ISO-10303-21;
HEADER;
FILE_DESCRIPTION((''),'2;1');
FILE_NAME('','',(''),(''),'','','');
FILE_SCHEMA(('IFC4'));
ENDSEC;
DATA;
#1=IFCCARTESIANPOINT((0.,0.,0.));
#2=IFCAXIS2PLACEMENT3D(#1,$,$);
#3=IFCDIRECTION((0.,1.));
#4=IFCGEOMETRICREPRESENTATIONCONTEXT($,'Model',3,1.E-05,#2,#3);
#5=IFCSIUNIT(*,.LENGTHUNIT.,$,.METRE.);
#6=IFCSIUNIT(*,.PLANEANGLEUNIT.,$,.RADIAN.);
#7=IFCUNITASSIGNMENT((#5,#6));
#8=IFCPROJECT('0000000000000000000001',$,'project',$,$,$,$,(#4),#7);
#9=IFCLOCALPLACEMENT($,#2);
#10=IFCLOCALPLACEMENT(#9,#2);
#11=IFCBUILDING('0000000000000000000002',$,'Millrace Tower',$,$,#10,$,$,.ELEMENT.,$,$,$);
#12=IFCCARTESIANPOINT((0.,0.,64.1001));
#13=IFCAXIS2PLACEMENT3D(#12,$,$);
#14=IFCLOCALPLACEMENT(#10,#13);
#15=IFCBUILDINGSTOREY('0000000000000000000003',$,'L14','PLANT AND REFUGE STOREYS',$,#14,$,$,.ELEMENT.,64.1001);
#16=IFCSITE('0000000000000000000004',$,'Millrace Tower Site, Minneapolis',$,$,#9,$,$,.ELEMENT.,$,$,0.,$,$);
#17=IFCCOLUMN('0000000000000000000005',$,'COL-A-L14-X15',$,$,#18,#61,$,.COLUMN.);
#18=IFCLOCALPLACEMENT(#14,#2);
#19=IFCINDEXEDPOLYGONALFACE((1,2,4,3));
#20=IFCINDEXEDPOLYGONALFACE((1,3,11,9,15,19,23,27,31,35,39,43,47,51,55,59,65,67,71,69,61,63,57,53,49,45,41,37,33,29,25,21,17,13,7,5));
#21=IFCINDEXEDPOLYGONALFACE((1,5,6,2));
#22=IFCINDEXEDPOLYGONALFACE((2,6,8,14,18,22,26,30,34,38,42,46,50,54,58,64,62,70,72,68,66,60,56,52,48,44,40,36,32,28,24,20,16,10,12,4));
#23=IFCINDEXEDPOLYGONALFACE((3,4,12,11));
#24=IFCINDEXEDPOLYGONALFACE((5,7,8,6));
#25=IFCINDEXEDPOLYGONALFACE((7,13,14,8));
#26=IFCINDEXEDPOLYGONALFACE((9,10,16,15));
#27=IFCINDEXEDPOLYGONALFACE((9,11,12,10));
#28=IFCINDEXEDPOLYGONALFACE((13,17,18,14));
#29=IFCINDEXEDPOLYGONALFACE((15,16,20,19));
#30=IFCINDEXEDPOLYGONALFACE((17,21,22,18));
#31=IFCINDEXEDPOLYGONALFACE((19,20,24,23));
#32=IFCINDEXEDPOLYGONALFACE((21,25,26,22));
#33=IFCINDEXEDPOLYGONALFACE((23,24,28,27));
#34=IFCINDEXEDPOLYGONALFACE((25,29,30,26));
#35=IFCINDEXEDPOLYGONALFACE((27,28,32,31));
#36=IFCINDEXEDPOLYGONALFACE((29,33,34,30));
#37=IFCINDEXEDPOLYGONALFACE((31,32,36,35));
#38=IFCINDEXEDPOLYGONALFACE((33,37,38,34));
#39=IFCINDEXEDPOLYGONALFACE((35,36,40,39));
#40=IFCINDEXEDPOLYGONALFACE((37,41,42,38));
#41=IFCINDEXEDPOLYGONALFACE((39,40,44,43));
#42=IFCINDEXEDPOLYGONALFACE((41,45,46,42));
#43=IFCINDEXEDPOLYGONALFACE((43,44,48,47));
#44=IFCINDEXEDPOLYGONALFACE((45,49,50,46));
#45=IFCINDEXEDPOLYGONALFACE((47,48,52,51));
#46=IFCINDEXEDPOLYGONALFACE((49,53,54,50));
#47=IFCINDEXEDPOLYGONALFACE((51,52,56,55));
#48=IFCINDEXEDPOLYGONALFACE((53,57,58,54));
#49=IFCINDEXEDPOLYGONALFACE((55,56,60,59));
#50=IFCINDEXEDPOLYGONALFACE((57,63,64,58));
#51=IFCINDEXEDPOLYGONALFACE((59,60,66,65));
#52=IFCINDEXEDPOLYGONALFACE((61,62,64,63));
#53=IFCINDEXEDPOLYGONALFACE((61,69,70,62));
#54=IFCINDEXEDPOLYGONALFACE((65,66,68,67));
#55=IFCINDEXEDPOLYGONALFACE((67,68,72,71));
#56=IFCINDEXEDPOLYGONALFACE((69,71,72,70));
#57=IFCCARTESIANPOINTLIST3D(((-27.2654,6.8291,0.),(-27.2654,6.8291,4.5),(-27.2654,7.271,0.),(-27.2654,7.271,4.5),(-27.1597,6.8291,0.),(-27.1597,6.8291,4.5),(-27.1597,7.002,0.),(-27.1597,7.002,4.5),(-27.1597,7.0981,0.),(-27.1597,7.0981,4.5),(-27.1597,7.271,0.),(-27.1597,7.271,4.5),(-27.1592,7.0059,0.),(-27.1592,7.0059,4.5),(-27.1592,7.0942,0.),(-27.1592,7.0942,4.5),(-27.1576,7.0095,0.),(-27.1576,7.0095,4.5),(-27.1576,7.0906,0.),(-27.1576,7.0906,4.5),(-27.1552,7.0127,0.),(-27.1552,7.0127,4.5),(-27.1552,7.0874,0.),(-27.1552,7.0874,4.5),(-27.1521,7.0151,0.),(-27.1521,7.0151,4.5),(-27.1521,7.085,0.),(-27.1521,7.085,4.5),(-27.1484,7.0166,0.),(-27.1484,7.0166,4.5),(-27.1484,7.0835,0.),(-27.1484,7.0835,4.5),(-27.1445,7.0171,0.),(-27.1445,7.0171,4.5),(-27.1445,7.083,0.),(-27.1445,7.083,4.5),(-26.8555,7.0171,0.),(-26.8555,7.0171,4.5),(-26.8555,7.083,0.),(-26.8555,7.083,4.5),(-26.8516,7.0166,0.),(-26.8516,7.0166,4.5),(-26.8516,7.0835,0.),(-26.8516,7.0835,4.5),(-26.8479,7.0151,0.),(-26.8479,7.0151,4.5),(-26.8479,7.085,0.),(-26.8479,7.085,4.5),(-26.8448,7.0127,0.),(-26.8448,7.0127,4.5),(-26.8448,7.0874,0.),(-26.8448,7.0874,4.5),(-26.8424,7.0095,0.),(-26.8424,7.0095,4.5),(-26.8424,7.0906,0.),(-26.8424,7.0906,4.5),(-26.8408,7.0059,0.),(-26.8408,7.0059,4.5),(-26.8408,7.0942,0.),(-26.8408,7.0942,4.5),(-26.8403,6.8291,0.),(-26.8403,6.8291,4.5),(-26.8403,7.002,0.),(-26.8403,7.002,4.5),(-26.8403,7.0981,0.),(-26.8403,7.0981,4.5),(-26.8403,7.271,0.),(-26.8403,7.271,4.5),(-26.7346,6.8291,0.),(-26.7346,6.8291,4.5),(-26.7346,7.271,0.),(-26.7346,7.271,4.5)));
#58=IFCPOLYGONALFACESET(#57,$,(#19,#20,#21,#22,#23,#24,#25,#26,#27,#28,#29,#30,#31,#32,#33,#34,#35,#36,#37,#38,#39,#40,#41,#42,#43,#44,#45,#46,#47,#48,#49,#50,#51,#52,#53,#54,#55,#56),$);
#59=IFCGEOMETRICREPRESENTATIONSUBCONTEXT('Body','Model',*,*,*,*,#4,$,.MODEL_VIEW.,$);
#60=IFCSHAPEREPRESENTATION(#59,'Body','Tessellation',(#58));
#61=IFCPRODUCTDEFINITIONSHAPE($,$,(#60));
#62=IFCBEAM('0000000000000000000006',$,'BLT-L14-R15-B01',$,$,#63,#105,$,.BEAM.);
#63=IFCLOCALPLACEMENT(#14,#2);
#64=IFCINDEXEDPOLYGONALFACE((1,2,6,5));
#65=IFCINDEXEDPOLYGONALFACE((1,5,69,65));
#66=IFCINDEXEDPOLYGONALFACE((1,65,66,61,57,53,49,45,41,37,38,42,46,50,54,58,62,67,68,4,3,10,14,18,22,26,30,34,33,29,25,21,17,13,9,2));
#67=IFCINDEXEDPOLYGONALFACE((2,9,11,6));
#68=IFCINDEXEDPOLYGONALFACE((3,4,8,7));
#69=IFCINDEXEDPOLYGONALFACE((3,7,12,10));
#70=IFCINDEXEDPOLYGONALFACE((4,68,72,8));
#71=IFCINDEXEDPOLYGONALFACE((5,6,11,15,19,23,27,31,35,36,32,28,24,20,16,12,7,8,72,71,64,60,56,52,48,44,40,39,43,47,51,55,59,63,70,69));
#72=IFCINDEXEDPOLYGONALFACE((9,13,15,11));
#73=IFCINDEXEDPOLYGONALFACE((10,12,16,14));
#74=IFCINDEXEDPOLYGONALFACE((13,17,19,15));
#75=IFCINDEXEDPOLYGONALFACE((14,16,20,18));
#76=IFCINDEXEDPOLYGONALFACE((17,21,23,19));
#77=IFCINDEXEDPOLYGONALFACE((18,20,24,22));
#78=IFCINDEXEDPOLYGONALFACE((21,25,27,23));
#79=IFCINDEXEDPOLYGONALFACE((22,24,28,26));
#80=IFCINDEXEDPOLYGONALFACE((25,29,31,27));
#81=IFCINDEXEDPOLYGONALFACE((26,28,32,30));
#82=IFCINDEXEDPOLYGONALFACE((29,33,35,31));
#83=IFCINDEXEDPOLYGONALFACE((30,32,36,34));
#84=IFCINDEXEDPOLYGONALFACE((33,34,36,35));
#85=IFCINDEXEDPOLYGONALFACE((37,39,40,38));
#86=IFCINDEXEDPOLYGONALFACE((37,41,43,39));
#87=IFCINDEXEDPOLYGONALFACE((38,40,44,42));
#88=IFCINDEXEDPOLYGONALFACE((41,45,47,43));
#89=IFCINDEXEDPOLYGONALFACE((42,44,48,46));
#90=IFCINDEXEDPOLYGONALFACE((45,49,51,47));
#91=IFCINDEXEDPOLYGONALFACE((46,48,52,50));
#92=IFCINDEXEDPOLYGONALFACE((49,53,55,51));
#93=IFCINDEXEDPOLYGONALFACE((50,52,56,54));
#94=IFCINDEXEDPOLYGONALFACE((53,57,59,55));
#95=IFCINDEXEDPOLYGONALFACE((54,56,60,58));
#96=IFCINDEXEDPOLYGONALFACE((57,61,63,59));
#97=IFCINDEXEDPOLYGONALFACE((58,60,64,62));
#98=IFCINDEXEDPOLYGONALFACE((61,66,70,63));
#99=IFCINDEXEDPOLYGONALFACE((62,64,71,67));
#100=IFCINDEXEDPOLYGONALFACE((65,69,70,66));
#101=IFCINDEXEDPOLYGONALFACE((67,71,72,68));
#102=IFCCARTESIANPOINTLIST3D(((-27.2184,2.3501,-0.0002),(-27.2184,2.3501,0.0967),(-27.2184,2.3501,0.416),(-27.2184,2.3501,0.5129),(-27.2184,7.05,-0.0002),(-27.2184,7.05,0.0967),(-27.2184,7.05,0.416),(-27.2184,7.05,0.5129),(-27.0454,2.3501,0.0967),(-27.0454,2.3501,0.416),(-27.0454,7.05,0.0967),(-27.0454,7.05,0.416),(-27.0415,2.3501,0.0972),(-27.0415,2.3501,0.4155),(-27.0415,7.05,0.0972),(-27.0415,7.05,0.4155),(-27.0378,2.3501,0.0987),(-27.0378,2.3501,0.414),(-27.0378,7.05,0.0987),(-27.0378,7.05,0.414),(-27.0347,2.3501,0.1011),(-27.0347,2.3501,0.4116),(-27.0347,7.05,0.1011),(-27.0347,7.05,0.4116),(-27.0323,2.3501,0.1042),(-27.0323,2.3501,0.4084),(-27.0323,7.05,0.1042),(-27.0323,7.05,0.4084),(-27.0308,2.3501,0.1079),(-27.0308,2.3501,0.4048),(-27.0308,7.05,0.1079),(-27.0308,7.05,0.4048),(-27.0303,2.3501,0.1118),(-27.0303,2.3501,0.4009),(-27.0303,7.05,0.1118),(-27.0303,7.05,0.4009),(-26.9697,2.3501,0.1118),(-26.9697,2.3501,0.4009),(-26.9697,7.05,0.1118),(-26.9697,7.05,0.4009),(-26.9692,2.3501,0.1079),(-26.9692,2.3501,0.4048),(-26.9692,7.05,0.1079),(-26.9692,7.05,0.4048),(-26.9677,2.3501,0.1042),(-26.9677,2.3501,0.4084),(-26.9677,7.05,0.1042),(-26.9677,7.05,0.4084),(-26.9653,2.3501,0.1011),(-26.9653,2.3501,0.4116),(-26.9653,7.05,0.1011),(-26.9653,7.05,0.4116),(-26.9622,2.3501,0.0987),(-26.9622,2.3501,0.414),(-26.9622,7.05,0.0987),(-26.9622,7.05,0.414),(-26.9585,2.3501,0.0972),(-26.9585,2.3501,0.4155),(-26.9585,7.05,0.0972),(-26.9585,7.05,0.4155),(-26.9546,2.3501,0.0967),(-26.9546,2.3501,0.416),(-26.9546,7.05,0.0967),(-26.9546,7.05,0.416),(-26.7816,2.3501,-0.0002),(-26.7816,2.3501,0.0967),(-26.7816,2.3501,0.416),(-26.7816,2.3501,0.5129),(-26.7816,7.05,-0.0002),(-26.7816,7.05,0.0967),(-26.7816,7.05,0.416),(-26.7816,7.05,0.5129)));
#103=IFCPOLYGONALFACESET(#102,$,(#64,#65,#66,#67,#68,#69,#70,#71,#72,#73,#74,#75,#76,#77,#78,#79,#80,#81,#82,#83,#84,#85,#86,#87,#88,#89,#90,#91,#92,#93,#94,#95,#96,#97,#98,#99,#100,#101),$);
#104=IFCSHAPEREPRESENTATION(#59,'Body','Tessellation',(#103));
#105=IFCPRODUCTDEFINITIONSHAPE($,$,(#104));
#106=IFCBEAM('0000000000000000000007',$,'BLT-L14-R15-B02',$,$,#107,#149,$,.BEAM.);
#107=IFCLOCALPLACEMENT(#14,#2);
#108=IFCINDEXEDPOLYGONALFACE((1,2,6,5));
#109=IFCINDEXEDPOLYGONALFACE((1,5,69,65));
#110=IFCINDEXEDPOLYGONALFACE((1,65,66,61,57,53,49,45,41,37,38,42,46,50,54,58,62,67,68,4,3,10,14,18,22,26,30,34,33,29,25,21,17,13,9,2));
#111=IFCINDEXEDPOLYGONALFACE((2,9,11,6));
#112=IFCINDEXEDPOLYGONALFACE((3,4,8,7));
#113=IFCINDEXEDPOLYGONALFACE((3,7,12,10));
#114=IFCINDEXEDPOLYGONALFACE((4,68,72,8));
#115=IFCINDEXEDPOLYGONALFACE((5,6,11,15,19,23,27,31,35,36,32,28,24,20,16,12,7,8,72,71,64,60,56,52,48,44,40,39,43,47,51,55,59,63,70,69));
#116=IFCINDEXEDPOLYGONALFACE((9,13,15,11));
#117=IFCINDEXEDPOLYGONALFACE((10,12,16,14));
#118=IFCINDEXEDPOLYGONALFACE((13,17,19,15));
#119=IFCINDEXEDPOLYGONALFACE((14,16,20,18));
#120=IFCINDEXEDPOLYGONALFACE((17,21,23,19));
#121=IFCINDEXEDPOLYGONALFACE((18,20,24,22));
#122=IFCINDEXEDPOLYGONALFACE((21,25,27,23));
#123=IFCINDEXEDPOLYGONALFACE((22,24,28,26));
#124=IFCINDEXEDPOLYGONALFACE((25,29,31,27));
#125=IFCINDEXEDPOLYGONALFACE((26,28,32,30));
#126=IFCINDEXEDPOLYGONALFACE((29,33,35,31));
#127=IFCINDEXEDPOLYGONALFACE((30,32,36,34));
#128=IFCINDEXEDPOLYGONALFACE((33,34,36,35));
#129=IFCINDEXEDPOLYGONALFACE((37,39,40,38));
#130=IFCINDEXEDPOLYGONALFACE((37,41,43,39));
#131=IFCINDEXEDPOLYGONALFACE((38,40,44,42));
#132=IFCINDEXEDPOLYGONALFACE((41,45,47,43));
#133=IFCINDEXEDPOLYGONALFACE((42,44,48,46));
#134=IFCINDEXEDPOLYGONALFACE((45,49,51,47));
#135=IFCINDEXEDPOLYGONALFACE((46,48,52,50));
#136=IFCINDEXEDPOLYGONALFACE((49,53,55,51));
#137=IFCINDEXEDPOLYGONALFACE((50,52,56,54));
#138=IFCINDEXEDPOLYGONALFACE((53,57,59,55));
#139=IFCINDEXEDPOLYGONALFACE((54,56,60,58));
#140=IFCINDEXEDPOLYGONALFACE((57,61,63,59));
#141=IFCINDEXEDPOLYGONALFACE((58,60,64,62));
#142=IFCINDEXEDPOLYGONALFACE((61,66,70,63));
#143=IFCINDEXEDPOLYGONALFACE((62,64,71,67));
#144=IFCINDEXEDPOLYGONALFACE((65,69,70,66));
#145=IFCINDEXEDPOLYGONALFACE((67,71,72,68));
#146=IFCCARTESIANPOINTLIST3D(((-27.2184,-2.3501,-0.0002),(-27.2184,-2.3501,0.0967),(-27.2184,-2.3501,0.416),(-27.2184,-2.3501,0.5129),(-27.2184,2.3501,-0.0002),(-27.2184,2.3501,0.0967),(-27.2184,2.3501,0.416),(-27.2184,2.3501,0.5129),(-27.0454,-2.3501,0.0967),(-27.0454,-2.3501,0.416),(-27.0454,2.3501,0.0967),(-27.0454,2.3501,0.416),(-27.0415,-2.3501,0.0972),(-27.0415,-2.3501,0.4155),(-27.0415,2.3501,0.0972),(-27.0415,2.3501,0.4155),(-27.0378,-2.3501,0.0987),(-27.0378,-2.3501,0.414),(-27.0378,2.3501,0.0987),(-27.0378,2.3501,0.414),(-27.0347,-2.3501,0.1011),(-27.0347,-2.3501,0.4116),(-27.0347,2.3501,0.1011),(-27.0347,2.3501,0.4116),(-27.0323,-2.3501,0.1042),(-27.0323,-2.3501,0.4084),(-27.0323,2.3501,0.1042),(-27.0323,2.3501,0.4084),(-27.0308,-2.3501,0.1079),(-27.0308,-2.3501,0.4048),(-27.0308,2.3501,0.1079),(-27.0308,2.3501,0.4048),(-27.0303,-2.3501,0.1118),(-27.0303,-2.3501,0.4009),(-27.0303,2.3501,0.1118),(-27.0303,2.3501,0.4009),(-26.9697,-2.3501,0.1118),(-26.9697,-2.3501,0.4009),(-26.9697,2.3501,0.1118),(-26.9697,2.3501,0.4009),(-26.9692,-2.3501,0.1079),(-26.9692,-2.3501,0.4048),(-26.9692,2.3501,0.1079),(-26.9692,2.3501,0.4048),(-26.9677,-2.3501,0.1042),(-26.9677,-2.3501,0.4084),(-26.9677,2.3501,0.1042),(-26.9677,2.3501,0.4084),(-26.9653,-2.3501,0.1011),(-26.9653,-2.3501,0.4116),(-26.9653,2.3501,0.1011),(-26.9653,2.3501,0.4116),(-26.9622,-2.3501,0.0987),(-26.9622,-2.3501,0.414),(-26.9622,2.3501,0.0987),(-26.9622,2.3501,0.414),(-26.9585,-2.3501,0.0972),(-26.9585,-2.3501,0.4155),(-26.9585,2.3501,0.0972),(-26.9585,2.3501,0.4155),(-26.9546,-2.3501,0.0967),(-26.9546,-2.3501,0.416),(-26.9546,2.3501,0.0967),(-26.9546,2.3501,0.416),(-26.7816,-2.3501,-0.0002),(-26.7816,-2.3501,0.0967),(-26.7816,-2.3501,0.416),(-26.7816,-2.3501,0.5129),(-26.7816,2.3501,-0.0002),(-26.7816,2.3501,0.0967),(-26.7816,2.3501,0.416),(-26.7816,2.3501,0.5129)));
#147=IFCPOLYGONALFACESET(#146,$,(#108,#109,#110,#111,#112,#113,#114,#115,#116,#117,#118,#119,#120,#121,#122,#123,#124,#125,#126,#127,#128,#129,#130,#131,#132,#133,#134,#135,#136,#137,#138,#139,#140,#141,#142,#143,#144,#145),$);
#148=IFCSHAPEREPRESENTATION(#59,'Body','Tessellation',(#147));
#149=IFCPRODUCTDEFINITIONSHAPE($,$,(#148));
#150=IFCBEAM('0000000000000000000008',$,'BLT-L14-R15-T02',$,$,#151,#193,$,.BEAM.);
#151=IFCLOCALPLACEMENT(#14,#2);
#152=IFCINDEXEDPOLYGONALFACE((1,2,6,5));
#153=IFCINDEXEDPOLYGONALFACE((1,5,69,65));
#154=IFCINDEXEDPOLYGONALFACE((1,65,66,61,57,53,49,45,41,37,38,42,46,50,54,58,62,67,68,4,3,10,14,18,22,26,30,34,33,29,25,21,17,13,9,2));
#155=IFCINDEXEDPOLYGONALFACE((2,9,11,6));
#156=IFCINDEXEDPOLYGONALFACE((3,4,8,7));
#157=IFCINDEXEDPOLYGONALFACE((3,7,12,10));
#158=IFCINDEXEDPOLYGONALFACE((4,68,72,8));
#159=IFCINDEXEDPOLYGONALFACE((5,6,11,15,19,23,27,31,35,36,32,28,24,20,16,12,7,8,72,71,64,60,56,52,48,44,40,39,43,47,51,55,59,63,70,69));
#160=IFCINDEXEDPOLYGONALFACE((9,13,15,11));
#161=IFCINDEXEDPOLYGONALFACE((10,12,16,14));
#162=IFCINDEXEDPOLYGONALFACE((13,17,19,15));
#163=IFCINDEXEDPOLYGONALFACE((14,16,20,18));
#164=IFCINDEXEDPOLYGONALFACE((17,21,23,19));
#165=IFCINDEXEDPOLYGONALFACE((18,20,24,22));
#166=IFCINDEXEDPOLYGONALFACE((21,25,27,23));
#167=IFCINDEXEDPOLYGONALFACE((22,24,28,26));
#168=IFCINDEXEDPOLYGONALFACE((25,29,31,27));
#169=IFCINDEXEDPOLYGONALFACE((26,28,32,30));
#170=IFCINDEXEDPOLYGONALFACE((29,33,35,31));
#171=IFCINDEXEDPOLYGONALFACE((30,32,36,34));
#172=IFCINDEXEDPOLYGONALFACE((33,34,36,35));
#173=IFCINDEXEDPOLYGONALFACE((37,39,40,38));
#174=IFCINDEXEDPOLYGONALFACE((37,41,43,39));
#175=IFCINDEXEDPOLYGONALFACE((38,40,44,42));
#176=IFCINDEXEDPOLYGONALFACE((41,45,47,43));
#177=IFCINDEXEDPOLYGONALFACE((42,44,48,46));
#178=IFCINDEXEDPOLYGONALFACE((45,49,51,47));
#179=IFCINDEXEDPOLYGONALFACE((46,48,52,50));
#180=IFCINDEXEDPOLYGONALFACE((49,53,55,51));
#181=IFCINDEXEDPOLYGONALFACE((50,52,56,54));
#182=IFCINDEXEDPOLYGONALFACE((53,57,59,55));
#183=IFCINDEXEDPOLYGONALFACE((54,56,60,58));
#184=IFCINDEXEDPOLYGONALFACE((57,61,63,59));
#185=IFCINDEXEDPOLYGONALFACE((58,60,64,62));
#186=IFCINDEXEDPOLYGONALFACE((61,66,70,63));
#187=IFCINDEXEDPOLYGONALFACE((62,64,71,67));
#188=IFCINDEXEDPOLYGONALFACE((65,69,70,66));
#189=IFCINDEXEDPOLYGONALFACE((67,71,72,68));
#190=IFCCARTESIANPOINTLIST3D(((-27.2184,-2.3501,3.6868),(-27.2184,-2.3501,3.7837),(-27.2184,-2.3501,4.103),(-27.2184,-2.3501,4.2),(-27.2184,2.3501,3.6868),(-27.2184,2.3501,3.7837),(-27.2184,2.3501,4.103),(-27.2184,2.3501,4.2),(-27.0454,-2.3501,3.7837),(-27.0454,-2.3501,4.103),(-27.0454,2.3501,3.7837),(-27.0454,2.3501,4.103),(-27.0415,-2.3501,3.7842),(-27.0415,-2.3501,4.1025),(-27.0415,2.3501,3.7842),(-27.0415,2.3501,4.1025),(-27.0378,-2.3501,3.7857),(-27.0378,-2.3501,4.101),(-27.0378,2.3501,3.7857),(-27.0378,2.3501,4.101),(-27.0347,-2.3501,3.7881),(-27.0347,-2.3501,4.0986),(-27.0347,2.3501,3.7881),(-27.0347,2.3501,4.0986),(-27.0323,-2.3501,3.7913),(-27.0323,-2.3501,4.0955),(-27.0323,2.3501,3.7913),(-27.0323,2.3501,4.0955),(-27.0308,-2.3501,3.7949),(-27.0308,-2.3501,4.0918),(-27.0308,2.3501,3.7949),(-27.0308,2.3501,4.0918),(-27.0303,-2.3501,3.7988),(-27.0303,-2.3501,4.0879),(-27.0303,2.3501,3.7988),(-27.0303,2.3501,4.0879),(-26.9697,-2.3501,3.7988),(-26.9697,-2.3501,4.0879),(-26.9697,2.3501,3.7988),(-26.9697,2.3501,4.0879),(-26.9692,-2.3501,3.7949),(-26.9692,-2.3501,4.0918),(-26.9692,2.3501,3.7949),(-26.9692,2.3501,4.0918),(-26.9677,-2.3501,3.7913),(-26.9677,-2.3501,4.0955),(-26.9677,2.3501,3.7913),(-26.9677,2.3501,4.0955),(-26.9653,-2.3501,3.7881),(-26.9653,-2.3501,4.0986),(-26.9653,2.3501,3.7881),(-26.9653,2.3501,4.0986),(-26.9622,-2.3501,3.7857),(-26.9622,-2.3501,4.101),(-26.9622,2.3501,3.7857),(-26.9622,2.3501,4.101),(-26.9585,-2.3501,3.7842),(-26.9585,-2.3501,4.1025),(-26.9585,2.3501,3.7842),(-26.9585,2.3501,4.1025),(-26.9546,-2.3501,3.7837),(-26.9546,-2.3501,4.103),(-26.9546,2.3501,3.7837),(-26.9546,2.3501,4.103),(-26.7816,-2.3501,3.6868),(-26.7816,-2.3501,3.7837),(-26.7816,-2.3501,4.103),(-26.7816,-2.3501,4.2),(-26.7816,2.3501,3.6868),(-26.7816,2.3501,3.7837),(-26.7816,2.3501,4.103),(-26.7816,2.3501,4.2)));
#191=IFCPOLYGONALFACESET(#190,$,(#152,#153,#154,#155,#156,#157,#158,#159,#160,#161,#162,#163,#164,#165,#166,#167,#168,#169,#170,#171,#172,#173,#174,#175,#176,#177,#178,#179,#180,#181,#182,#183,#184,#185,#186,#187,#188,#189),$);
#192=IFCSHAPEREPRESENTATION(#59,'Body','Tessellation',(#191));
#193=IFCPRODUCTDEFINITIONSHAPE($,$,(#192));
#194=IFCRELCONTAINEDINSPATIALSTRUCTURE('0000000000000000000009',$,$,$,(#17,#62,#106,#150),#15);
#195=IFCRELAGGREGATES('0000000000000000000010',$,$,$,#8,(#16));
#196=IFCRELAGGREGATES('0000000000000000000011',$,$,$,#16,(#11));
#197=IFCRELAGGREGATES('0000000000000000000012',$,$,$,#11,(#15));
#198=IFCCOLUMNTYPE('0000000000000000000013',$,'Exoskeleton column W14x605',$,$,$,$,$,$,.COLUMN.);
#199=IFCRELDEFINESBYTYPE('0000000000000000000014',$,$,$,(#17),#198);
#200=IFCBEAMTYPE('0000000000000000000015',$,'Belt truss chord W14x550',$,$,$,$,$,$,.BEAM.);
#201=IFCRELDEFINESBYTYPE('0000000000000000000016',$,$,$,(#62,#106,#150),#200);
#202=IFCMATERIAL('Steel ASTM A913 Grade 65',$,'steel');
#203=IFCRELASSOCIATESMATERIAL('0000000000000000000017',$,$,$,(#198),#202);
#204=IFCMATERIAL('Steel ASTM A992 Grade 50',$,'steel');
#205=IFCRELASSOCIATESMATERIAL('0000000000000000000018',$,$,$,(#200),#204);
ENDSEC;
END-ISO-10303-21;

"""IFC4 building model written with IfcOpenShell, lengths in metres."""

from ifc_helpers import new_model, si_unit, direction, frame, origin, origin_2d, place, context, subcontext, project, spatial, i_section, extrude, material, material_profile, profile_set, type_object, element, save


model = new_model("IFC4")

# Units and contexts
model_context = context("Model", 3, precision=1e-05, world=origin(), true_north=direction((0.0, 1.0)))
body_context = subcontext(model_context, "Body", "Model", "MODEL_VIEW")
ifc_project = project(units=[si_unit("LENGTHUNIT", "METRE"), si_unit("PLANEANGLEUNIT", "RADIAN")], contexts=[model_context])

# Site, building, storey
site_placement = place(None, origin())
site = spatial("IfcSite", under=ifc_project, at=site_placement, Name="Millrace Tower Site, Minneapolis", CompositionType="ELEMENT", RefElevation=0.0)
building_placement = place(site_placement, origin())
building = spatial("IfcBuilding", under=site, at=building_placement, Name="Millrace Tower", CompositionType="ELEMENT")
storey_placement = place(building_placement, frame((0.0, 0.0, 64.1001)))
storey = spatial("IfcBuildingStorey", under=building, at=storey_placement, Name="L14", Description="PLANT AND REFUGE STOREYS", CompositionType="ELEMENT", Elevation=64.1001)

# Column
ifc_material_1 = material(Name="Steel ASTM A913 Grade 65", Category="steel")
ifc_material_profile_1 = material_profile(ifc_material_1, i_section(OverallWidth=0.4419, OverallDepth=0.5308, WebThickness=0.0659, FlangeThickness=0.1057, FilletRadius=0.0151, at=origin_2d()))
ifc_profile_set_1 = profile_set([ifc_material_profile_1], Name="Steel ASTM A913 Grade 65")
column_type = type_object("IfcColumnType", Name="Exoskeleton column W14x605", PredefinedType="COLUMN", material=ifc_profile_set_1)
column_placement = place(storey_placement, frame((-27.0, 7.05, 0.0), z_axis=(0.0, 0.0, 1.0), x_axis=(0.0, -1.0, 0.0)))
element("IfcColumn", 1, at=column_placement, inside=storey, type_object=column_type, Name="COL-A-L14-X15", PredefinedType="COLUMN", context=body_context, shape_type="SweptSolid", body=[
    extrude(i_section(OverallWidth=0.4419, OverallDepth=0.5308, WebThickness=0.0659, FlangeThickness=0.1057, FilletRadius=0.0151, at=origin_2d()), origin(), (0.0, 0.0, 1.0), 4.5),
])

# Beams
ifc_material_2 = material(Name="Steel ASTM A992 Grade 50", Category="steel")
ifc_material_profile_2 = material_profile(ifc_material_2, i_section(OverallWidth=0.4368, OverallDepth=0.5132, WebThickness=0.0605, FlangeThickness=0.0969, FilletRadius=0.0151, at=origin_2d()))
ifc_profile_set_2 = profile_set([ifc_material_profile_2], Name="Steel ASTM A992 Grade 50")
beam_type_1 = type_object("IfcBeamType", Name="Belt truss chord W14x550", PredefinedType="BEAM", material=ifc_profile_set_2)
beam_1_placement = place(storey_placement, frame((-27.0, 7.05, 0.2563), z_axis=(0.0, -1.0, 0.0), x_axis=(1.0, 0.0, 0.0)))
element("IfcBeam", 2, at=beam_1_placement, inside=storey, type_object=beam_type_1, Name="BLT-L14-R15-B01", PredefinedType="BEAM", context=body_context, shape_type="SweptSolid", body=[
    extrude(i_section(OverallWidth=0.4368, OverallDepth=0.5132, WebThickness=0.0605, FlangeThickness=0.0969, FilletRadius=0.0151, at=origin_2d()), origin(), (0.0, 0.0, 1.0), 4.7),
])
for number, where, z_axis, x_axis, name in (
    (3, (-27.0, 2.3501, 0.2563), (0.0, -1.0, 0.0), (1.0, 0.0, 0.0), "BLT-L14-R15-B02"),
    (4, (-27.0, 2.3501, 3.9434), (0.0, -1.0, 0.0), (1.0, 0.0, 0.0), "BLT-L14-R15-T02"),
):
    element("IfcBeam", number, at=place(storey_placement, frame(where, z_axis=z_axis, x_axis=x_axis)), inside=storey, type_object=beam_type_1, Name=name, PredefinedType="BEAM", context=body_context, shape_type="SweptSolid", body=[
        extrude(i_section(OverallWidth=0.4368, OverallDepth=0.5132, WebThickness=0.0605, FlangeThickness=0.0969, FilletRadius=0.0151, at=origin_2d()), origin(), (0.0, 0.0, 1.0), 4.7002),
    ])

save(model, "model.ifc")
